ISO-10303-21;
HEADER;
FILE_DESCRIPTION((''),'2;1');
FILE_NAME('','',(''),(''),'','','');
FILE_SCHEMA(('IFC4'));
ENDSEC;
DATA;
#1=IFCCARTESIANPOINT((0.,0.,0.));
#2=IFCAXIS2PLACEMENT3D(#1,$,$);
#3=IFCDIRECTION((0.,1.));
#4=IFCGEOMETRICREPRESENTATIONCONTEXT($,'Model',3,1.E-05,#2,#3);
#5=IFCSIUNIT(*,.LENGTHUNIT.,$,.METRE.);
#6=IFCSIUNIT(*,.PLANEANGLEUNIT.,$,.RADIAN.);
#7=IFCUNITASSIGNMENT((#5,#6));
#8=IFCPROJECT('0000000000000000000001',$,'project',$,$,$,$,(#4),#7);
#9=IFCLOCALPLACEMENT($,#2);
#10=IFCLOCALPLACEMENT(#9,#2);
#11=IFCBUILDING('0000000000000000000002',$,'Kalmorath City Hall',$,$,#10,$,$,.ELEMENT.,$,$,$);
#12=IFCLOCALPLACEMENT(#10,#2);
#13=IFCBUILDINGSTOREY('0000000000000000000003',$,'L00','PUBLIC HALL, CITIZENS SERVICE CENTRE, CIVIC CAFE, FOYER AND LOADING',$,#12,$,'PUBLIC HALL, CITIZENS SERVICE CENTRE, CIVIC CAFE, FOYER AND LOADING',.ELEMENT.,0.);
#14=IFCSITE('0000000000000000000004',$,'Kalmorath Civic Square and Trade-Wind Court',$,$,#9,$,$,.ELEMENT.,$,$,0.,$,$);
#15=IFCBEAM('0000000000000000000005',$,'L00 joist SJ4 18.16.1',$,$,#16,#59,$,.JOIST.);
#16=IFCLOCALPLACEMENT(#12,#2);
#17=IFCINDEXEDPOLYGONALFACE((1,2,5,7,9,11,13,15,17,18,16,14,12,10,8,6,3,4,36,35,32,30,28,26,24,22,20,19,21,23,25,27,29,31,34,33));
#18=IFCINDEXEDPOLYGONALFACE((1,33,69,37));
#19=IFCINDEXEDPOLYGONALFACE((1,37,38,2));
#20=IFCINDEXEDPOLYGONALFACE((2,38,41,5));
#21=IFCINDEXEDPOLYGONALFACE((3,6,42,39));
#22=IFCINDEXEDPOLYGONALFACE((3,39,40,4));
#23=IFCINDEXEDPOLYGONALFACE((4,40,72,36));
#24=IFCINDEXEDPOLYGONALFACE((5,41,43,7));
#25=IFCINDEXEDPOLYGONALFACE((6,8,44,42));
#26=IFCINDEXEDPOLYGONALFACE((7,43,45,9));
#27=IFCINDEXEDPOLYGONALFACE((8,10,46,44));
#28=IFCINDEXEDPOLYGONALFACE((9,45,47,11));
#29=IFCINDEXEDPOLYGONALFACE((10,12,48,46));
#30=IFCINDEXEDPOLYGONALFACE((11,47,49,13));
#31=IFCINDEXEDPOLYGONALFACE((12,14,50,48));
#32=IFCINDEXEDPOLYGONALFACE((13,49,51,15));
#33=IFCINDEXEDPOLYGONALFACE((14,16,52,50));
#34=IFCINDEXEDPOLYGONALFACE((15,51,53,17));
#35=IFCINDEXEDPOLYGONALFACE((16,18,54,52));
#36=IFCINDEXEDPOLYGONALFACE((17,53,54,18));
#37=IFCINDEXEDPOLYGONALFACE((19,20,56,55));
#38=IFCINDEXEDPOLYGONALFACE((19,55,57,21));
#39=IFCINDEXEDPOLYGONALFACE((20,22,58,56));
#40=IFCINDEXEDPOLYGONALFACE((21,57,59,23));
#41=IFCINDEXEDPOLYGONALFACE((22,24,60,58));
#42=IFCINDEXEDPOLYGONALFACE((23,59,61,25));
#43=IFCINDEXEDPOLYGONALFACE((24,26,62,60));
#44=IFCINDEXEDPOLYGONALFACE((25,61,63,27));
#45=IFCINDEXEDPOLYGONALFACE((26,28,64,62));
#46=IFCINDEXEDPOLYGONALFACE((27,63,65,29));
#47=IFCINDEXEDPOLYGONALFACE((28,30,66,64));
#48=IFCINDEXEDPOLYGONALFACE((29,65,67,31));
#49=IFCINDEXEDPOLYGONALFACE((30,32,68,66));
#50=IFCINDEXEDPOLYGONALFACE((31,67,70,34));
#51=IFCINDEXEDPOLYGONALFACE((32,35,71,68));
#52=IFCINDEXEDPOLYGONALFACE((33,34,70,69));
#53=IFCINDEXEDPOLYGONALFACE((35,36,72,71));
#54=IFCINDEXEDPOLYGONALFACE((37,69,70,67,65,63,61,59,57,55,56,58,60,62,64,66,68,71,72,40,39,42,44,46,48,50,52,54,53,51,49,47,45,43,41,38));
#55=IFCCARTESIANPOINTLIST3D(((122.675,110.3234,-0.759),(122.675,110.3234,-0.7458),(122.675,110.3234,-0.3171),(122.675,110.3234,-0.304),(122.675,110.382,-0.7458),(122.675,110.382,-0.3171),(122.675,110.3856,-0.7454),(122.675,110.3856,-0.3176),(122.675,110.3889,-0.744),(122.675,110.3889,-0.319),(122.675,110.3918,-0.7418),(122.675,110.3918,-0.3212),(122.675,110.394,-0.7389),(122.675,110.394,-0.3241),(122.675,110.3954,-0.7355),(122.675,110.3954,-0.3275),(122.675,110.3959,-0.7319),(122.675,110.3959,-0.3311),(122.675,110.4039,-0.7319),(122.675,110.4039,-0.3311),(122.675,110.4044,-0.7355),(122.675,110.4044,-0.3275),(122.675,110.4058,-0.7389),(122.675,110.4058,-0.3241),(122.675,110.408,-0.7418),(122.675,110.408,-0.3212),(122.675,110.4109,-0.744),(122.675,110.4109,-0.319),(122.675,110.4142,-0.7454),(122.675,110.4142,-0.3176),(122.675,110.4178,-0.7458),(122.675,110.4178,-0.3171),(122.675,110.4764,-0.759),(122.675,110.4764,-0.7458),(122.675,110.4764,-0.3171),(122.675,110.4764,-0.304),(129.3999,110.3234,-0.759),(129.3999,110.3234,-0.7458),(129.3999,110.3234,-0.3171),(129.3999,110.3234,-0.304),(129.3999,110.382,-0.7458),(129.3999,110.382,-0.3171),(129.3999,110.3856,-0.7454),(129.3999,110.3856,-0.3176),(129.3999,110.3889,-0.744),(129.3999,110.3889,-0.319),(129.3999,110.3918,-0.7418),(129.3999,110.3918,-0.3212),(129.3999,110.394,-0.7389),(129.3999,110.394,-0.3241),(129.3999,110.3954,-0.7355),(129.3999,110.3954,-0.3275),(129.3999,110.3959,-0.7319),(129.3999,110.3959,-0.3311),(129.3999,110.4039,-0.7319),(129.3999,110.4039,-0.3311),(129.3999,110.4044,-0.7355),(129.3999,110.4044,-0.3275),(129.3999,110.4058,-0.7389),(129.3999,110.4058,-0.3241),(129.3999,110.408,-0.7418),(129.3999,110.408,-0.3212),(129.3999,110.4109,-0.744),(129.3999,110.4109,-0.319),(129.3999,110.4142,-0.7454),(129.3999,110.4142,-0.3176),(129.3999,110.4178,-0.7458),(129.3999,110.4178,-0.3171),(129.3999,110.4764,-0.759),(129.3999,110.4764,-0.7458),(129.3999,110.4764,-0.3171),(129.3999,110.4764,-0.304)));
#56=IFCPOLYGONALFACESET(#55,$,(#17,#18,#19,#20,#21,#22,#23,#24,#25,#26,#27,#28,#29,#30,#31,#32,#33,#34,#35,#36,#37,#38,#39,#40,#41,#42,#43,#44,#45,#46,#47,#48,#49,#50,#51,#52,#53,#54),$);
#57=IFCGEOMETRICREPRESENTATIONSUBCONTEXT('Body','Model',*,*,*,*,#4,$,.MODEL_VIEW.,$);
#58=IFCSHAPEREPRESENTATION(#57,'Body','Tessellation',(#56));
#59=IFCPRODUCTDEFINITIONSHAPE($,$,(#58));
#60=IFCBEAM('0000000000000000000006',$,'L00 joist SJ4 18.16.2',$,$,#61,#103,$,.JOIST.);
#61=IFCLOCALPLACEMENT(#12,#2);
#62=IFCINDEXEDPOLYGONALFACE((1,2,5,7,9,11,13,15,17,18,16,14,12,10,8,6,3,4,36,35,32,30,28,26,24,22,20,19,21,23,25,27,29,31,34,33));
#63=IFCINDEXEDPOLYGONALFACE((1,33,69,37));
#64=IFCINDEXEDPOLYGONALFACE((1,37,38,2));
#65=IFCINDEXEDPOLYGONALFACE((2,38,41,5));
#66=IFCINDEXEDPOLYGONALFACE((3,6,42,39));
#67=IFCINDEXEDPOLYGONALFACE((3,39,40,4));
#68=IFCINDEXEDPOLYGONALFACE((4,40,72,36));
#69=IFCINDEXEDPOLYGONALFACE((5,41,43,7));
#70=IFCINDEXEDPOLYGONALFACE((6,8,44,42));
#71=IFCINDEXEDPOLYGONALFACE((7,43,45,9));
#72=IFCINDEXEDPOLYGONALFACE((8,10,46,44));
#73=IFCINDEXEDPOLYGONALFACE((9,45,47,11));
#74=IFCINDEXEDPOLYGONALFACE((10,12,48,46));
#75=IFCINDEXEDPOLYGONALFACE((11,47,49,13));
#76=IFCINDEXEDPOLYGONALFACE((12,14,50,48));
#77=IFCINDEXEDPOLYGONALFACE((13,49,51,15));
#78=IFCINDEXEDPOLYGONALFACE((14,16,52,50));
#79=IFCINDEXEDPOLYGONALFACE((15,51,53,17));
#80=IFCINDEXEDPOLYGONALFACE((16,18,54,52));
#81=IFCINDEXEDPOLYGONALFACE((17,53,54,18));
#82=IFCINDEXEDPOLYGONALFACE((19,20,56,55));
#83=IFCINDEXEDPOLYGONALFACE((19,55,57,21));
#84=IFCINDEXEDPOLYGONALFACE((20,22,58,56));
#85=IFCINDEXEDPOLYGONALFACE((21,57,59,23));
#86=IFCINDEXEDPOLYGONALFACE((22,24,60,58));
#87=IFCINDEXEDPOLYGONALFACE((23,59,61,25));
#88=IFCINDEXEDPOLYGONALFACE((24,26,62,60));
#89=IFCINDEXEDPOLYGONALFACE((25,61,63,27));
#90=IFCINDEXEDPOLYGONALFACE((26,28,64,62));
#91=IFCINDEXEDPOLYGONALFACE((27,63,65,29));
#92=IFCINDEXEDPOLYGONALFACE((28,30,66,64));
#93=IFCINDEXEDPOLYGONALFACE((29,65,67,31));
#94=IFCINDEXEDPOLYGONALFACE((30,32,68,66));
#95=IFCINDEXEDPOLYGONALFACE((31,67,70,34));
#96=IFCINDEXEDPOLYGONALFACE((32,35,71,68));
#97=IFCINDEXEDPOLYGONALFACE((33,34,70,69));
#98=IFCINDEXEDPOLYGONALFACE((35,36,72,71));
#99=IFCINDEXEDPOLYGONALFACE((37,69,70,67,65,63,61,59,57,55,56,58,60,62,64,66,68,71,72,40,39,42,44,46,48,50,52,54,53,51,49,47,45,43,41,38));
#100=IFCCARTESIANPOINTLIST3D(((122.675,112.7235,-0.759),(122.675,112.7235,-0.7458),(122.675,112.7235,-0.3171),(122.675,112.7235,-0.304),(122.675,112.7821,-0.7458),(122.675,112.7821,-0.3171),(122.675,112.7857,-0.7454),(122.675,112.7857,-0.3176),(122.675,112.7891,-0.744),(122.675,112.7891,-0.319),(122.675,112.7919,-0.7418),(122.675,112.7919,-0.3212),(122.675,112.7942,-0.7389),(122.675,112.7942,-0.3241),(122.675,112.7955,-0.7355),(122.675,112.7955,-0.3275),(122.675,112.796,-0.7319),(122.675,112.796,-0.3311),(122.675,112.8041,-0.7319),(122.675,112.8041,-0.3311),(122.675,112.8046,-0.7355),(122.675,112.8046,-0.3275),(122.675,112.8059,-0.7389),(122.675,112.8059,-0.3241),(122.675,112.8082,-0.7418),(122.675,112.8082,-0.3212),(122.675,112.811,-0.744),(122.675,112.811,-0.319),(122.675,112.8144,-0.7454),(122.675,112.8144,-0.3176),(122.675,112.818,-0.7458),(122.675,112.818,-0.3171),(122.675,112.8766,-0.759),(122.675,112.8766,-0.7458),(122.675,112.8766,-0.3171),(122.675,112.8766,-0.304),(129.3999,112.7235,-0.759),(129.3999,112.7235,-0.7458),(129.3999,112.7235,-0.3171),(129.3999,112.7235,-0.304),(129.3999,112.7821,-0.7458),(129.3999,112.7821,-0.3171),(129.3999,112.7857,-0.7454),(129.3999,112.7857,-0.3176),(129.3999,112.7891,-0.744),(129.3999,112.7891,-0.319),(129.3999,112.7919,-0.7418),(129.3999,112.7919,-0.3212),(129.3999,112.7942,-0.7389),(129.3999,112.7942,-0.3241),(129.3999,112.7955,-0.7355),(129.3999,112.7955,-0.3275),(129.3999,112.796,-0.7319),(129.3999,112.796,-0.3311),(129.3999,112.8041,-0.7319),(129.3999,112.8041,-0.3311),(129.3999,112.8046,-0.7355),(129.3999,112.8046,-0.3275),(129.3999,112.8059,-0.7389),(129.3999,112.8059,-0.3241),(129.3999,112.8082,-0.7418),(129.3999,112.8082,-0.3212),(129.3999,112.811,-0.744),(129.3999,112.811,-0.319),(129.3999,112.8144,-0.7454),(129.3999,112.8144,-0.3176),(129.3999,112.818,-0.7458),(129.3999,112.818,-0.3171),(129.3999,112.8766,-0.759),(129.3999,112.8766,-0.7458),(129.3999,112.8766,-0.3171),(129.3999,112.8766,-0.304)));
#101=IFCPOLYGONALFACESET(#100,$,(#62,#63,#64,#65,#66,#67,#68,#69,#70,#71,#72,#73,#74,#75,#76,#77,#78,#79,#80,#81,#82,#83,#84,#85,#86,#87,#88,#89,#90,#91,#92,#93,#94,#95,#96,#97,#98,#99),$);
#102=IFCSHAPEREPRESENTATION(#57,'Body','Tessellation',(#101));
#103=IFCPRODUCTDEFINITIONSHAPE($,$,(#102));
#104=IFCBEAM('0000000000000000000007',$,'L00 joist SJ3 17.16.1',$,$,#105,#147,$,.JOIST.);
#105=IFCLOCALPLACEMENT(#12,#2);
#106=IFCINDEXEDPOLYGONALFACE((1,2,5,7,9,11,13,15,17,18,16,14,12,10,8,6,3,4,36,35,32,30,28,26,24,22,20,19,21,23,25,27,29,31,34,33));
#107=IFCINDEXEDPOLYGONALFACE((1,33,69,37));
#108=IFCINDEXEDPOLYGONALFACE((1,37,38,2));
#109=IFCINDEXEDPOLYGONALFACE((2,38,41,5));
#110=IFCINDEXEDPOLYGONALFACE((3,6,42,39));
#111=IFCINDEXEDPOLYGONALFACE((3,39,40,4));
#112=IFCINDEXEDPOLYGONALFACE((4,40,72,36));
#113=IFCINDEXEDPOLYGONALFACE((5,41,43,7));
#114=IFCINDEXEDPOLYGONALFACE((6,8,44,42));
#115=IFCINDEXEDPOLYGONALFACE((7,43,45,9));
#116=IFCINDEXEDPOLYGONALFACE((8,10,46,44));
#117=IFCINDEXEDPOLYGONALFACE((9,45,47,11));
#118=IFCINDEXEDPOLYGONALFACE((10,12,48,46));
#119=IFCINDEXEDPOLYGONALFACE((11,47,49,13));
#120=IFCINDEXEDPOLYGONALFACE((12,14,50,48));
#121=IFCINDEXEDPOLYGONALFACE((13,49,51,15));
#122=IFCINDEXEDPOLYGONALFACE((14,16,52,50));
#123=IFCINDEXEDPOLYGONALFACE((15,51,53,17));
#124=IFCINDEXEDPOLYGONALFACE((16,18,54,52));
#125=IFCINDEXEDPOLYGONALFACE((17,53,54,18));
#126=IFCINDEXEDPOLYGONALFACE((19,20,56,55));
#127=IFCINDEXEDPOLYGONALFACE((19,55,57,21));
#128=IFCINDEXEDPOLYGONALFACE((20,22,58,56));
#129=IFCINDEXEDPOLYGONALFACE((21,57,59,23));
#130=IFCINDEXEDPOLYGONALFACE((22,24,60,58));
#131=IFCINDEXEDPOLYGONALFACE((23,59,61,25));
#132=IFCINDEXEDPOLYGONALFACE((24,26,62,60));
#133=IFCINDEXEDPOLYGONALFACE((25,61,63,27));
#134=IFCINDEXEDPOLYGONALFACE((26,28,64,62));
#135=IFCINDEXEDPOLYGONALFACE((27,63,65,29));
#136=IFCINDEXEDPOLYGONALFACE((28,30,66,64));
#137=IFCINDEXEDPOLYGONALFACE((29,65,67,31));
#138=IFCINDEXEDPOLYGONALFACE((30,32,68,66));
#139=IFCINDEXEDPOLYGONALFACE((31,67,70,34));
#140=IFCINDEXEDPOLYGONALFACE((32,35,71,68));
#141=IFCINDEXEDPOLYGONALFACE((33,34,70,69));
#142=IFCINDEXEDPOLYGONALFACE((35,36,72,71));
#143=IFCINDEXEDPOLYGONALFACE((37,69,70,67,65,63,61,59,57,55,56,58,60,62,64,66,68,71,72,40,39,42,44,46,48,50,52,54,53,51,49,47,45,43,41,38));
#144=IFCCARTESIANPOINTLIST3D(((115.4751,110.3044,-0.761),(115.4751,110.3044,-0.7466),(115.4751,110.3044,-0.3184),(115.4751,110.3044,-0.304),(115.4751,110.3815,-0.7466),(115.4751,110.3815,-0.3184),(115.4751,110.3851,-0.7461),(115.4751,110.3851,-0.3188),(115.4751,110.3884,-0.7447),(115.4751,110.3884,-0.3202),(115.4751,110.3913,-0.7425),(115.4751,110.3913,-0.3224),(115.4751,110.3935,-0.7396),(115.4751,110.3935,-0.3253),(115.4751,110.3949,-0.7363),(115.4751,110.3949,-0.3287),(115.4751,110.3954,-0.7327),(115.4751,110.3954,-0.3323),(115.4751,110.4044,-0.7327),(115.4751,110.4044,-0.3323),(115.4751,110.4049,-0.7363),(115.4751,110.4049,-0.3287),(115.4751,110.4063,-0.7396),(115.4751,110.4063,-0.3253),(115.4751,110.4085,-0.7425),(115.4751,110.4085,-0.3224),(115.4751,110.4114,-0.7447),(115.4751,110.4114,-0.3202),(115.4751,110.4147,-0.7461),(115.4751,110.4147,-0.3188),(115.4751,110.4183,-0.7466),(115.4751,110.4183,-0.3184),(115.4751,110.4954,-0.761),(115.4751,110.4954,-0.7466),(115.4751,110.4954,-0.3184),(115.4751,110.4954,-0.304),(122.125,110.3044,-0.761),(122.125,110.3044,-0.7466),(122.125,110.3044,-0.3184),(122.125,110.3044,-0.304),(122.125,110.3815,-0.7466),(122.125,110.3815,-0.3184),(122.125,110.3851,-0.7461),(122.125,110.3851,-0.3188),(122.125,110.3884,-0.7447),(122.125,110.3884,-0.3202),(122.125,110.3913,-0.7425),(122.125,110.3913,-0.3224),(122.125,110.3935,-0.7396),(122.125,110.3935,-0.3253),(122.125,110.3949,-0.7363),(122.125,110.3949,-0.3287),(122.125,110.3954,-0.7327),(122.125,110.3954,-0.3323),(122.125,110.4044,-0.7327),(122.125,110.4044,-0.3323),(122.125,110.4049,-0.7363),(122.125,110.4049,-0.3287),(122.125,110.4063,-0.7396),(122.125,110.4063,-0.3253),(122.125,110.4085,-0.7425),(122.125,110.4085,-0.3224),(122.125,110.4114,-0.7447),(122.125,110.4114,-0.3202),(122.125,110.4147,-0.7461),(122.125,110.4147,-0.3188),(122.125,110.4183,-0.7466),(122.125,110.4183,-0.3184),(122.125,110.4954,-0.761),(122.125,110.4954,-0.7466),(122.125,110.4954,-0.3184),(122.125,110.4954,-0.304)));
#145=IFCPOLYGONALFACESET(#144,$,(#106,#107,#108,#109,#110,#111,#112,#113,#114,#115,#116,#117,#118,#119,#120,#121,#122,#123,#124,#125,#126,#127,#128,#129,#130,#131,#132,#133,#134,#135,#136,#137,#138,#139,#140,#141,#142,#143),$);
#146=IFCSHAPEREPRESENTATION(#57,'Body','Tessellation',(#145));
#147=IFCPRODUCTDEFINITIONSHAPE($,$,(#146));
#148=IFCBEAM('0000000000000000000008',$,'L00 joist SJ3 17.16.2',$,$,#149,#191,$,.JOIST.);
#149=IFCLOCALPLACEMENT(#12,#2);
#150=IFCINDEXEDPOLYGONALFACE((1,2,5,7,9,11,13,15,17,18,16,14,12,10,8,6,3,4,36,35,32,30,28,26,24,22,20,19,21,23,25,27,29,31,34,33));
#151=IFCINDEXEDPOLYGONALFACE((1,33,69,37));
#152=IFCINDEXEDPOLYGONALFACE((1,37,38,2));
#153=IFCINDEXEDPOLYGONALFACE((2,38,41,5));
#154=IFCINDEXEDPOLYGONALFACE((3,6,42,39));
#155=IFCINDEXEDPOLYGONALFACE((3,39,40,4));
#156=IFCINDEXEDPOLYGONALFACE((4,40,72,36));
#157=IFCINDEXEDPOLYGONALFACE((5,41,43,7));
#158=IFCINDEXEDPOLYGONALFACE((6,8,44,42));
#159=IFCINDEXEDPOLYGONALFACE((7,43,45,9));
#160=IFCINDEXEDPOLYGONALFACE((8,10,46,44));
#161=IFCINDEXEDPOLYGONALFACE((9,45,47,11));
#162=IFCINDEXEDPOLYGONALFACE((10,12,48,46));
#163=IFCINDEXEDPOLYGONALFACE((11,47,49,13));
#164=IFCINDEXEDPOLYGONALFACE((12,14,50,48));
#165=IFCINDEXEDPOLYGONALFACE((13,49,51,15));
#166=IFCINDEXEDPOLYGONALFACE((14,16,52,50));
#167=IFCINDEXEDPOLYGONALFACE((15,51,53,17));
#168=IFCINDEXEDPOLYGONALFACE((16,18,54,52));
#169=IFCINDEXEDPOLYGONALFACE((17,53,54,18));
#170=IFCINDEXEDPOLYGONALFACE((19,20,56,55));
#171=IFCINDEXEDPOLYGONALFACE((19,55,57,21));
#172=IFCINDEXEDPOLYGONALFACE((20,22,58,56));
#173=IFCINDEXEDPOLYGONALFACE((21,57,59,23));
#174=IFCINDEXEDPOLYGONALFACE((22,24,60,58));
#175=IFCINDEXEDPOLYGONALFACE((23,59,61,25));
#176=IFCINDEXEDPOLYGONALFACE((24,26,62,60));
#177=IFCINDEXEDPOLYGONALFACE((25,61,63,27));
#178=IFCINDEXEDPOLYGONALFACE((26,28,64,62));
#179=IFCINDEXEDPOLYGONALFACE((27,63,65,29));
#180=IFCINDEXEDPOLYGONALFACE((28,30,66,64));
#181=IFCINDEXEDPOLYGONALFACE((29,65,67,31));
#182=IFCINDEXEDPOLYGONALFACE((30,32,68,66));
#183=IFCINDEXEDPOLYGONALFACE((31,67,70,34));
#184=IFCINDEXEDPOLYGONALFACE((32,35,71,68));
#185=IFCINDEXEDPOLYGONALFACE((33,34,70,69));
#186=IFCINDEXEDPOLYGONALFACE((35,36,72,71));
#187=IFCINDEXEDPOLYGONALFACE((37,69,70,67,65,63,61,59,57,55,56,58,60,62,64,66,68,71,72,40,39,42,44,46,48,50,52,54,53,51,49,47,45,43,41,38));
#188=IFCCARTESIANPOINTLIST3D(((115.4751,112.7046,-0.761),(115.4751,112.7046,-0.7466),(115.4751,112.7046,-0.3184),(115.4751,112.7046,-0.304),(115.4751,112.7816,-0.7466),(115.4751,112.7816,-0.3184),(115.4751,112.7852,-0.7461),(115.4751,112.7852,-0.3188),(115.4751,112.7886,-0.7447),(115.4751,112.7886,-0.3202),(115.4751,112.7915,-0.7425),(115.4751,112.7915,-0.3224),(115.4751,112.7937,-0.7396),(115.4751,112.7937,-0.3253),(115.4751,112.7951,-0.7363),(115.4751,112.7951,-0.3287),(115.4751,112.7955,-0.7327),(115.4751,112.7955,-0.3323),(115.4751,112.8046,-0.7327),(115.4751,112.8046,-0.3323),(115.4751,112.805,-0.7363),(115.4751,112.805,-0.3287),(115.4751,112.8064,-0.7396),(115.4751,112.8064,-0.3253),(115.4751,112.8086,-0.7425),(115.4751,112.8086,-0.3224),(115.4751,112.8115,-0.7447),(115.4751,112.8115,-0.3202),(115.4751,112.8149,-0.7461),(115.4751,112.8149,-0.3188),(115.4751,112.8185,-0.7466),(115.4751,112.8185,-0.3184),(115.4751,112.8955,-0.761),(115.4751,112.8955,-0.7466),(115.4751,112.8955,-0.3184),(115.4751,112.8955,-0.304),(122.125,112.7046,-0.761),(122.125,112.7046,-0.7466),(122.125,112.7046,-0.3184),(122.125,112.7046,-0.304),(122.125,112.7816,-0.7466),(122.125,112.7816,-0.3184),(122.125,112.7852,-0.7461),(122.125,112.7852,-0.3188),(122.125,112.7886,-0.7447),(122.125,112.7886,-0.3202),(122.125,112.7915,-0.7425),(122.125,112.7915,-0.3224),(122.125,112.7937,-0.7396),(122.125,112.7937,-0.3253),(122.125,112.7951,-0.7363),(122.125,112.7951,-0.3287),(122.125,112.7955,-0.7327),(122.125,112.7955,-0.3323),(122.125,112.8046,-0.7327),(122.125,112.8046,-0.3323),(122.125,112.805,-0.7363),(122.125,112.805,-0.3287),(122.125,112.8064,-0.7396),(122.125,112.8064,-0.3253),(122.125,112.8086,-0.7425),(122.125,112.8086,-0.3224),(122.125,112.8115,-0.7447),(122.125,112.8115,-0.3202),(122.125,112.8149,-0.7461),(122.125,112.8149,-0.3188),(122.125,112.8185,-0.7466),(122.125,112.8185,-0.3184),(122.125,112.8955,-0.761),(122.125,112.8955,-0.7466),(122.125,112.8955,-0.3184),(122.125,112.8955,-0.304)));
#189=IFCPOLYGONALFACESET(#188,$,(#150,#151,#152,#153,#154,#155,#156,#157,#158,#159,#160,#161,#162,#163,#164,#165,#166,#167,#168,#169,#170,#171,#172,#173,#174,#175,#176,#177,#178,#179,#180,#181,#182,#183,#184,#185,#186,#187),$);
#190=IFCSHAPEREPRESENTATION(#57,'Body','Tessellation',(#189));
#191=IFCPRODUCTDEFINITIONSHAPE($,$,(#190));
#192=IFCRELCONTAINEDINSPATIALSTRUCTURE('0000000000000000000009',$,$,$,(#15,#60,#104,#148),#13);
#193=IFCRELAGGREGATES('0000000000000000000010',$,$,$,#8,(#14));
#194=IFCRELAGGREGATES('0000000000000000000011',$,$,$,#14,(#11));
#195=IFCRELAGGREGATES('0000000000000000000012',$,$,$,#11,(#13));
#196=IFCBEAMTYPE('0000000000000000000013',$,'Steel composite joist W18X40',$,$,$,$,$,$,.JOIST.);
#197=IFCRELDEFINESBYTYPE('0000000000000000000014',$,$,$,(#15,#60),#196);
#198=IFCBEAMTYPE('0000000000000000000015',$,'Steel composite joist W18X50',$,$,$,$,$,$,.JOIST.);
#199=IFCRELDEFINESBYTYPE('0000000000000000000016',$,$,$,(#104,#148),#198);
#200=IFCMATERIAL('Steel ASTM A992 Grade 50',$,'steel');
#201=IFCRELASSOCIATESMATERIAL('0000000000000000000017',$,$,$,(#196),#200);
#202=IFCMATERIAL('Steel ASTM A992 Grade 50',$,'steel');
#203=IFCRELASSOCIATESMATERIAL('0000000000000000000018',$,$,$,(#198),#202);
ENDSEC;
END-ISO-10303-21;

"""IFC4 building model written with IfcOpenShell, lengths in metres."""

from ifc_helpers import new_model, si_unit, direction, frame, origin, origin_2d, place, context, subcontext, project, spatial, i_section, extrude, material, material_profile, profile_set, type_object, element, save


model = new_model("IFC4")

# Units and contexts
model_context = context("Model", 3, precision=1e-05, world=origin(), true_north=direction((0.0, 1.0)))
body_context = subcontext(model_context, "Body", "Model", "MODEL_VIEW")
ifc_project = project(units=[si_unit("LENGTHUNIT", "METRE"), si_unit("PLANEANGLEUNIT", "RADIAN")], contexts=[model_context])

# Site, building, storey
site_placement = place(None, origin())
site = spatial("IfcSite", under=ifc_project, at=site_placement, Name="Kalmorath Civic Square and Trade-Wind Court", CompositionType="ELEMENT", RefElevation=0.0)
building_placement = place(site_placement, origin())
building = spatial("IfcBuilding", under=site, at=building_placement, Name="Kalmorath City Hall", CompositionType="ELEMENT")
storey_placement = place(building_placement, origin())
storey = spatial("IfcBuildingStorey", under=building, at=storey_placement, Name="L00", Description="PUBLIC HALL, CITIZENS SERVICE CENTRE, CIVIC CAFE, FOYER AND LOADING", LongName="PUBLIC HALL, CITIZENS SERVICE CENTRE, CIVIC CAFE, FOYER AND LOADING", CompositionType="ELEMENT", Elevation=0.0)

# Beams
ifc_material_1 = material(Name="Steel ASTM A992 Grade 50", Category="steel")
ifc_material_profile_1 = material_profile(ifc_material_1, i_section(OverallWidth=0.1531, OverallDepth=0.4551, WebThickness=0.0081, FlangeThickness=0.0132, FilletRadius=0.0139, at=origin_2d()), Name="W18X40")
ifc_profile_set_1 = profile_set([ifc_material_profile_1], Name="Steel ASTM A992 Grade 50")
beam_type_1 = type_object("IfcBeamType", Name="Steel composite joist W18X40", PredefinedType="JOIST", material=ifc_profile_set_1)
for number, where, z_axis, x_axis, name in (
    (1, (122.675, 110.3999, -0.5315), (1.0, 0.0, 0.0), (0.0, 1.0, 0.0), "L00 joist SJ4 18.16.1"),
    (2, (122.675, 112.8, -0.5315), (1.0, 0.0, 0.0), (0.0, 1.0, 0.0), "L00 joist SJ4 18.16.2"),
):
    element("IfcBeam", number, at=place(storey_placement, frame(where, z_axis=z_axis, x_axis=x_axis)), inside=storey, type_object=beam_type_1, Name=name, PredefinedType="JOIST", context=body_context, shape_type="SweptSolid", body=[
        extrude(i_section(OverallWidth=0.1531, OverallDepth=0.4551, WebThickness=0.0081, FlangeThickness=0.0132, FilletRadius=0.0139, at=origin_2d()), origin(), (0.0, 0.0, 1.0), 6.7249),
    ])
ifc_material_2 = material(Name="Steel ASTM A992 Grade 50", Category="steel")
ifc_material_profile_2 = material_profile(ifc_material_2, i_section(OverallWidth=0.1909, OverallDepth=0.457, WebThickness=0.009, FlangeThickness=0.0144, FilletRadius=0.0139, at=origin_2d()), Name="W18X50")
ifc_profile_set_2 = profile_set([ifc_material_profile_2], Name="Steel ASTM A992 Grade 50")
beam_type_2 = type_object("IfcBeamType", Name="Steel composite joist W18X50", PredefinedType="JOIST", material=ifc_profile_set_2)
for number, where, z_axis, x_axis, name in (
    (3, (115.4751, 110.3999, -0.5325), (1.0, 0.0, 0.0), (0.0, 1.0, 0.0), "L00 joist SJ3 17.16.1"),
    (4, (115.4751, 112.8, -0.5325), (1.0, 0.0, 0.0), (0.0, 1.0, 0.0), "L00 joist SJ3 17.16.2"),
):
    element("IfcBeam", number, at=place(storey_placement, frame(where, z_axis=z_axis, x_axis=x_axis)), inside=storey, type_object=beam_type_2, Name=name, PredefinedType="JOIST", context=body_context, shape_type="SweptSolid", body=[
        extrude(i_section(OverallWidth=0.1909, OverallDepth=0.457, WebThickness=0.009, FlangeThickness=0.0144, FilletRadius=0.0139, at=origin_2d()), origin(), (0.0, 0.0, 1.0), 6.6499),
    ])

save(model, "model.ifc")
